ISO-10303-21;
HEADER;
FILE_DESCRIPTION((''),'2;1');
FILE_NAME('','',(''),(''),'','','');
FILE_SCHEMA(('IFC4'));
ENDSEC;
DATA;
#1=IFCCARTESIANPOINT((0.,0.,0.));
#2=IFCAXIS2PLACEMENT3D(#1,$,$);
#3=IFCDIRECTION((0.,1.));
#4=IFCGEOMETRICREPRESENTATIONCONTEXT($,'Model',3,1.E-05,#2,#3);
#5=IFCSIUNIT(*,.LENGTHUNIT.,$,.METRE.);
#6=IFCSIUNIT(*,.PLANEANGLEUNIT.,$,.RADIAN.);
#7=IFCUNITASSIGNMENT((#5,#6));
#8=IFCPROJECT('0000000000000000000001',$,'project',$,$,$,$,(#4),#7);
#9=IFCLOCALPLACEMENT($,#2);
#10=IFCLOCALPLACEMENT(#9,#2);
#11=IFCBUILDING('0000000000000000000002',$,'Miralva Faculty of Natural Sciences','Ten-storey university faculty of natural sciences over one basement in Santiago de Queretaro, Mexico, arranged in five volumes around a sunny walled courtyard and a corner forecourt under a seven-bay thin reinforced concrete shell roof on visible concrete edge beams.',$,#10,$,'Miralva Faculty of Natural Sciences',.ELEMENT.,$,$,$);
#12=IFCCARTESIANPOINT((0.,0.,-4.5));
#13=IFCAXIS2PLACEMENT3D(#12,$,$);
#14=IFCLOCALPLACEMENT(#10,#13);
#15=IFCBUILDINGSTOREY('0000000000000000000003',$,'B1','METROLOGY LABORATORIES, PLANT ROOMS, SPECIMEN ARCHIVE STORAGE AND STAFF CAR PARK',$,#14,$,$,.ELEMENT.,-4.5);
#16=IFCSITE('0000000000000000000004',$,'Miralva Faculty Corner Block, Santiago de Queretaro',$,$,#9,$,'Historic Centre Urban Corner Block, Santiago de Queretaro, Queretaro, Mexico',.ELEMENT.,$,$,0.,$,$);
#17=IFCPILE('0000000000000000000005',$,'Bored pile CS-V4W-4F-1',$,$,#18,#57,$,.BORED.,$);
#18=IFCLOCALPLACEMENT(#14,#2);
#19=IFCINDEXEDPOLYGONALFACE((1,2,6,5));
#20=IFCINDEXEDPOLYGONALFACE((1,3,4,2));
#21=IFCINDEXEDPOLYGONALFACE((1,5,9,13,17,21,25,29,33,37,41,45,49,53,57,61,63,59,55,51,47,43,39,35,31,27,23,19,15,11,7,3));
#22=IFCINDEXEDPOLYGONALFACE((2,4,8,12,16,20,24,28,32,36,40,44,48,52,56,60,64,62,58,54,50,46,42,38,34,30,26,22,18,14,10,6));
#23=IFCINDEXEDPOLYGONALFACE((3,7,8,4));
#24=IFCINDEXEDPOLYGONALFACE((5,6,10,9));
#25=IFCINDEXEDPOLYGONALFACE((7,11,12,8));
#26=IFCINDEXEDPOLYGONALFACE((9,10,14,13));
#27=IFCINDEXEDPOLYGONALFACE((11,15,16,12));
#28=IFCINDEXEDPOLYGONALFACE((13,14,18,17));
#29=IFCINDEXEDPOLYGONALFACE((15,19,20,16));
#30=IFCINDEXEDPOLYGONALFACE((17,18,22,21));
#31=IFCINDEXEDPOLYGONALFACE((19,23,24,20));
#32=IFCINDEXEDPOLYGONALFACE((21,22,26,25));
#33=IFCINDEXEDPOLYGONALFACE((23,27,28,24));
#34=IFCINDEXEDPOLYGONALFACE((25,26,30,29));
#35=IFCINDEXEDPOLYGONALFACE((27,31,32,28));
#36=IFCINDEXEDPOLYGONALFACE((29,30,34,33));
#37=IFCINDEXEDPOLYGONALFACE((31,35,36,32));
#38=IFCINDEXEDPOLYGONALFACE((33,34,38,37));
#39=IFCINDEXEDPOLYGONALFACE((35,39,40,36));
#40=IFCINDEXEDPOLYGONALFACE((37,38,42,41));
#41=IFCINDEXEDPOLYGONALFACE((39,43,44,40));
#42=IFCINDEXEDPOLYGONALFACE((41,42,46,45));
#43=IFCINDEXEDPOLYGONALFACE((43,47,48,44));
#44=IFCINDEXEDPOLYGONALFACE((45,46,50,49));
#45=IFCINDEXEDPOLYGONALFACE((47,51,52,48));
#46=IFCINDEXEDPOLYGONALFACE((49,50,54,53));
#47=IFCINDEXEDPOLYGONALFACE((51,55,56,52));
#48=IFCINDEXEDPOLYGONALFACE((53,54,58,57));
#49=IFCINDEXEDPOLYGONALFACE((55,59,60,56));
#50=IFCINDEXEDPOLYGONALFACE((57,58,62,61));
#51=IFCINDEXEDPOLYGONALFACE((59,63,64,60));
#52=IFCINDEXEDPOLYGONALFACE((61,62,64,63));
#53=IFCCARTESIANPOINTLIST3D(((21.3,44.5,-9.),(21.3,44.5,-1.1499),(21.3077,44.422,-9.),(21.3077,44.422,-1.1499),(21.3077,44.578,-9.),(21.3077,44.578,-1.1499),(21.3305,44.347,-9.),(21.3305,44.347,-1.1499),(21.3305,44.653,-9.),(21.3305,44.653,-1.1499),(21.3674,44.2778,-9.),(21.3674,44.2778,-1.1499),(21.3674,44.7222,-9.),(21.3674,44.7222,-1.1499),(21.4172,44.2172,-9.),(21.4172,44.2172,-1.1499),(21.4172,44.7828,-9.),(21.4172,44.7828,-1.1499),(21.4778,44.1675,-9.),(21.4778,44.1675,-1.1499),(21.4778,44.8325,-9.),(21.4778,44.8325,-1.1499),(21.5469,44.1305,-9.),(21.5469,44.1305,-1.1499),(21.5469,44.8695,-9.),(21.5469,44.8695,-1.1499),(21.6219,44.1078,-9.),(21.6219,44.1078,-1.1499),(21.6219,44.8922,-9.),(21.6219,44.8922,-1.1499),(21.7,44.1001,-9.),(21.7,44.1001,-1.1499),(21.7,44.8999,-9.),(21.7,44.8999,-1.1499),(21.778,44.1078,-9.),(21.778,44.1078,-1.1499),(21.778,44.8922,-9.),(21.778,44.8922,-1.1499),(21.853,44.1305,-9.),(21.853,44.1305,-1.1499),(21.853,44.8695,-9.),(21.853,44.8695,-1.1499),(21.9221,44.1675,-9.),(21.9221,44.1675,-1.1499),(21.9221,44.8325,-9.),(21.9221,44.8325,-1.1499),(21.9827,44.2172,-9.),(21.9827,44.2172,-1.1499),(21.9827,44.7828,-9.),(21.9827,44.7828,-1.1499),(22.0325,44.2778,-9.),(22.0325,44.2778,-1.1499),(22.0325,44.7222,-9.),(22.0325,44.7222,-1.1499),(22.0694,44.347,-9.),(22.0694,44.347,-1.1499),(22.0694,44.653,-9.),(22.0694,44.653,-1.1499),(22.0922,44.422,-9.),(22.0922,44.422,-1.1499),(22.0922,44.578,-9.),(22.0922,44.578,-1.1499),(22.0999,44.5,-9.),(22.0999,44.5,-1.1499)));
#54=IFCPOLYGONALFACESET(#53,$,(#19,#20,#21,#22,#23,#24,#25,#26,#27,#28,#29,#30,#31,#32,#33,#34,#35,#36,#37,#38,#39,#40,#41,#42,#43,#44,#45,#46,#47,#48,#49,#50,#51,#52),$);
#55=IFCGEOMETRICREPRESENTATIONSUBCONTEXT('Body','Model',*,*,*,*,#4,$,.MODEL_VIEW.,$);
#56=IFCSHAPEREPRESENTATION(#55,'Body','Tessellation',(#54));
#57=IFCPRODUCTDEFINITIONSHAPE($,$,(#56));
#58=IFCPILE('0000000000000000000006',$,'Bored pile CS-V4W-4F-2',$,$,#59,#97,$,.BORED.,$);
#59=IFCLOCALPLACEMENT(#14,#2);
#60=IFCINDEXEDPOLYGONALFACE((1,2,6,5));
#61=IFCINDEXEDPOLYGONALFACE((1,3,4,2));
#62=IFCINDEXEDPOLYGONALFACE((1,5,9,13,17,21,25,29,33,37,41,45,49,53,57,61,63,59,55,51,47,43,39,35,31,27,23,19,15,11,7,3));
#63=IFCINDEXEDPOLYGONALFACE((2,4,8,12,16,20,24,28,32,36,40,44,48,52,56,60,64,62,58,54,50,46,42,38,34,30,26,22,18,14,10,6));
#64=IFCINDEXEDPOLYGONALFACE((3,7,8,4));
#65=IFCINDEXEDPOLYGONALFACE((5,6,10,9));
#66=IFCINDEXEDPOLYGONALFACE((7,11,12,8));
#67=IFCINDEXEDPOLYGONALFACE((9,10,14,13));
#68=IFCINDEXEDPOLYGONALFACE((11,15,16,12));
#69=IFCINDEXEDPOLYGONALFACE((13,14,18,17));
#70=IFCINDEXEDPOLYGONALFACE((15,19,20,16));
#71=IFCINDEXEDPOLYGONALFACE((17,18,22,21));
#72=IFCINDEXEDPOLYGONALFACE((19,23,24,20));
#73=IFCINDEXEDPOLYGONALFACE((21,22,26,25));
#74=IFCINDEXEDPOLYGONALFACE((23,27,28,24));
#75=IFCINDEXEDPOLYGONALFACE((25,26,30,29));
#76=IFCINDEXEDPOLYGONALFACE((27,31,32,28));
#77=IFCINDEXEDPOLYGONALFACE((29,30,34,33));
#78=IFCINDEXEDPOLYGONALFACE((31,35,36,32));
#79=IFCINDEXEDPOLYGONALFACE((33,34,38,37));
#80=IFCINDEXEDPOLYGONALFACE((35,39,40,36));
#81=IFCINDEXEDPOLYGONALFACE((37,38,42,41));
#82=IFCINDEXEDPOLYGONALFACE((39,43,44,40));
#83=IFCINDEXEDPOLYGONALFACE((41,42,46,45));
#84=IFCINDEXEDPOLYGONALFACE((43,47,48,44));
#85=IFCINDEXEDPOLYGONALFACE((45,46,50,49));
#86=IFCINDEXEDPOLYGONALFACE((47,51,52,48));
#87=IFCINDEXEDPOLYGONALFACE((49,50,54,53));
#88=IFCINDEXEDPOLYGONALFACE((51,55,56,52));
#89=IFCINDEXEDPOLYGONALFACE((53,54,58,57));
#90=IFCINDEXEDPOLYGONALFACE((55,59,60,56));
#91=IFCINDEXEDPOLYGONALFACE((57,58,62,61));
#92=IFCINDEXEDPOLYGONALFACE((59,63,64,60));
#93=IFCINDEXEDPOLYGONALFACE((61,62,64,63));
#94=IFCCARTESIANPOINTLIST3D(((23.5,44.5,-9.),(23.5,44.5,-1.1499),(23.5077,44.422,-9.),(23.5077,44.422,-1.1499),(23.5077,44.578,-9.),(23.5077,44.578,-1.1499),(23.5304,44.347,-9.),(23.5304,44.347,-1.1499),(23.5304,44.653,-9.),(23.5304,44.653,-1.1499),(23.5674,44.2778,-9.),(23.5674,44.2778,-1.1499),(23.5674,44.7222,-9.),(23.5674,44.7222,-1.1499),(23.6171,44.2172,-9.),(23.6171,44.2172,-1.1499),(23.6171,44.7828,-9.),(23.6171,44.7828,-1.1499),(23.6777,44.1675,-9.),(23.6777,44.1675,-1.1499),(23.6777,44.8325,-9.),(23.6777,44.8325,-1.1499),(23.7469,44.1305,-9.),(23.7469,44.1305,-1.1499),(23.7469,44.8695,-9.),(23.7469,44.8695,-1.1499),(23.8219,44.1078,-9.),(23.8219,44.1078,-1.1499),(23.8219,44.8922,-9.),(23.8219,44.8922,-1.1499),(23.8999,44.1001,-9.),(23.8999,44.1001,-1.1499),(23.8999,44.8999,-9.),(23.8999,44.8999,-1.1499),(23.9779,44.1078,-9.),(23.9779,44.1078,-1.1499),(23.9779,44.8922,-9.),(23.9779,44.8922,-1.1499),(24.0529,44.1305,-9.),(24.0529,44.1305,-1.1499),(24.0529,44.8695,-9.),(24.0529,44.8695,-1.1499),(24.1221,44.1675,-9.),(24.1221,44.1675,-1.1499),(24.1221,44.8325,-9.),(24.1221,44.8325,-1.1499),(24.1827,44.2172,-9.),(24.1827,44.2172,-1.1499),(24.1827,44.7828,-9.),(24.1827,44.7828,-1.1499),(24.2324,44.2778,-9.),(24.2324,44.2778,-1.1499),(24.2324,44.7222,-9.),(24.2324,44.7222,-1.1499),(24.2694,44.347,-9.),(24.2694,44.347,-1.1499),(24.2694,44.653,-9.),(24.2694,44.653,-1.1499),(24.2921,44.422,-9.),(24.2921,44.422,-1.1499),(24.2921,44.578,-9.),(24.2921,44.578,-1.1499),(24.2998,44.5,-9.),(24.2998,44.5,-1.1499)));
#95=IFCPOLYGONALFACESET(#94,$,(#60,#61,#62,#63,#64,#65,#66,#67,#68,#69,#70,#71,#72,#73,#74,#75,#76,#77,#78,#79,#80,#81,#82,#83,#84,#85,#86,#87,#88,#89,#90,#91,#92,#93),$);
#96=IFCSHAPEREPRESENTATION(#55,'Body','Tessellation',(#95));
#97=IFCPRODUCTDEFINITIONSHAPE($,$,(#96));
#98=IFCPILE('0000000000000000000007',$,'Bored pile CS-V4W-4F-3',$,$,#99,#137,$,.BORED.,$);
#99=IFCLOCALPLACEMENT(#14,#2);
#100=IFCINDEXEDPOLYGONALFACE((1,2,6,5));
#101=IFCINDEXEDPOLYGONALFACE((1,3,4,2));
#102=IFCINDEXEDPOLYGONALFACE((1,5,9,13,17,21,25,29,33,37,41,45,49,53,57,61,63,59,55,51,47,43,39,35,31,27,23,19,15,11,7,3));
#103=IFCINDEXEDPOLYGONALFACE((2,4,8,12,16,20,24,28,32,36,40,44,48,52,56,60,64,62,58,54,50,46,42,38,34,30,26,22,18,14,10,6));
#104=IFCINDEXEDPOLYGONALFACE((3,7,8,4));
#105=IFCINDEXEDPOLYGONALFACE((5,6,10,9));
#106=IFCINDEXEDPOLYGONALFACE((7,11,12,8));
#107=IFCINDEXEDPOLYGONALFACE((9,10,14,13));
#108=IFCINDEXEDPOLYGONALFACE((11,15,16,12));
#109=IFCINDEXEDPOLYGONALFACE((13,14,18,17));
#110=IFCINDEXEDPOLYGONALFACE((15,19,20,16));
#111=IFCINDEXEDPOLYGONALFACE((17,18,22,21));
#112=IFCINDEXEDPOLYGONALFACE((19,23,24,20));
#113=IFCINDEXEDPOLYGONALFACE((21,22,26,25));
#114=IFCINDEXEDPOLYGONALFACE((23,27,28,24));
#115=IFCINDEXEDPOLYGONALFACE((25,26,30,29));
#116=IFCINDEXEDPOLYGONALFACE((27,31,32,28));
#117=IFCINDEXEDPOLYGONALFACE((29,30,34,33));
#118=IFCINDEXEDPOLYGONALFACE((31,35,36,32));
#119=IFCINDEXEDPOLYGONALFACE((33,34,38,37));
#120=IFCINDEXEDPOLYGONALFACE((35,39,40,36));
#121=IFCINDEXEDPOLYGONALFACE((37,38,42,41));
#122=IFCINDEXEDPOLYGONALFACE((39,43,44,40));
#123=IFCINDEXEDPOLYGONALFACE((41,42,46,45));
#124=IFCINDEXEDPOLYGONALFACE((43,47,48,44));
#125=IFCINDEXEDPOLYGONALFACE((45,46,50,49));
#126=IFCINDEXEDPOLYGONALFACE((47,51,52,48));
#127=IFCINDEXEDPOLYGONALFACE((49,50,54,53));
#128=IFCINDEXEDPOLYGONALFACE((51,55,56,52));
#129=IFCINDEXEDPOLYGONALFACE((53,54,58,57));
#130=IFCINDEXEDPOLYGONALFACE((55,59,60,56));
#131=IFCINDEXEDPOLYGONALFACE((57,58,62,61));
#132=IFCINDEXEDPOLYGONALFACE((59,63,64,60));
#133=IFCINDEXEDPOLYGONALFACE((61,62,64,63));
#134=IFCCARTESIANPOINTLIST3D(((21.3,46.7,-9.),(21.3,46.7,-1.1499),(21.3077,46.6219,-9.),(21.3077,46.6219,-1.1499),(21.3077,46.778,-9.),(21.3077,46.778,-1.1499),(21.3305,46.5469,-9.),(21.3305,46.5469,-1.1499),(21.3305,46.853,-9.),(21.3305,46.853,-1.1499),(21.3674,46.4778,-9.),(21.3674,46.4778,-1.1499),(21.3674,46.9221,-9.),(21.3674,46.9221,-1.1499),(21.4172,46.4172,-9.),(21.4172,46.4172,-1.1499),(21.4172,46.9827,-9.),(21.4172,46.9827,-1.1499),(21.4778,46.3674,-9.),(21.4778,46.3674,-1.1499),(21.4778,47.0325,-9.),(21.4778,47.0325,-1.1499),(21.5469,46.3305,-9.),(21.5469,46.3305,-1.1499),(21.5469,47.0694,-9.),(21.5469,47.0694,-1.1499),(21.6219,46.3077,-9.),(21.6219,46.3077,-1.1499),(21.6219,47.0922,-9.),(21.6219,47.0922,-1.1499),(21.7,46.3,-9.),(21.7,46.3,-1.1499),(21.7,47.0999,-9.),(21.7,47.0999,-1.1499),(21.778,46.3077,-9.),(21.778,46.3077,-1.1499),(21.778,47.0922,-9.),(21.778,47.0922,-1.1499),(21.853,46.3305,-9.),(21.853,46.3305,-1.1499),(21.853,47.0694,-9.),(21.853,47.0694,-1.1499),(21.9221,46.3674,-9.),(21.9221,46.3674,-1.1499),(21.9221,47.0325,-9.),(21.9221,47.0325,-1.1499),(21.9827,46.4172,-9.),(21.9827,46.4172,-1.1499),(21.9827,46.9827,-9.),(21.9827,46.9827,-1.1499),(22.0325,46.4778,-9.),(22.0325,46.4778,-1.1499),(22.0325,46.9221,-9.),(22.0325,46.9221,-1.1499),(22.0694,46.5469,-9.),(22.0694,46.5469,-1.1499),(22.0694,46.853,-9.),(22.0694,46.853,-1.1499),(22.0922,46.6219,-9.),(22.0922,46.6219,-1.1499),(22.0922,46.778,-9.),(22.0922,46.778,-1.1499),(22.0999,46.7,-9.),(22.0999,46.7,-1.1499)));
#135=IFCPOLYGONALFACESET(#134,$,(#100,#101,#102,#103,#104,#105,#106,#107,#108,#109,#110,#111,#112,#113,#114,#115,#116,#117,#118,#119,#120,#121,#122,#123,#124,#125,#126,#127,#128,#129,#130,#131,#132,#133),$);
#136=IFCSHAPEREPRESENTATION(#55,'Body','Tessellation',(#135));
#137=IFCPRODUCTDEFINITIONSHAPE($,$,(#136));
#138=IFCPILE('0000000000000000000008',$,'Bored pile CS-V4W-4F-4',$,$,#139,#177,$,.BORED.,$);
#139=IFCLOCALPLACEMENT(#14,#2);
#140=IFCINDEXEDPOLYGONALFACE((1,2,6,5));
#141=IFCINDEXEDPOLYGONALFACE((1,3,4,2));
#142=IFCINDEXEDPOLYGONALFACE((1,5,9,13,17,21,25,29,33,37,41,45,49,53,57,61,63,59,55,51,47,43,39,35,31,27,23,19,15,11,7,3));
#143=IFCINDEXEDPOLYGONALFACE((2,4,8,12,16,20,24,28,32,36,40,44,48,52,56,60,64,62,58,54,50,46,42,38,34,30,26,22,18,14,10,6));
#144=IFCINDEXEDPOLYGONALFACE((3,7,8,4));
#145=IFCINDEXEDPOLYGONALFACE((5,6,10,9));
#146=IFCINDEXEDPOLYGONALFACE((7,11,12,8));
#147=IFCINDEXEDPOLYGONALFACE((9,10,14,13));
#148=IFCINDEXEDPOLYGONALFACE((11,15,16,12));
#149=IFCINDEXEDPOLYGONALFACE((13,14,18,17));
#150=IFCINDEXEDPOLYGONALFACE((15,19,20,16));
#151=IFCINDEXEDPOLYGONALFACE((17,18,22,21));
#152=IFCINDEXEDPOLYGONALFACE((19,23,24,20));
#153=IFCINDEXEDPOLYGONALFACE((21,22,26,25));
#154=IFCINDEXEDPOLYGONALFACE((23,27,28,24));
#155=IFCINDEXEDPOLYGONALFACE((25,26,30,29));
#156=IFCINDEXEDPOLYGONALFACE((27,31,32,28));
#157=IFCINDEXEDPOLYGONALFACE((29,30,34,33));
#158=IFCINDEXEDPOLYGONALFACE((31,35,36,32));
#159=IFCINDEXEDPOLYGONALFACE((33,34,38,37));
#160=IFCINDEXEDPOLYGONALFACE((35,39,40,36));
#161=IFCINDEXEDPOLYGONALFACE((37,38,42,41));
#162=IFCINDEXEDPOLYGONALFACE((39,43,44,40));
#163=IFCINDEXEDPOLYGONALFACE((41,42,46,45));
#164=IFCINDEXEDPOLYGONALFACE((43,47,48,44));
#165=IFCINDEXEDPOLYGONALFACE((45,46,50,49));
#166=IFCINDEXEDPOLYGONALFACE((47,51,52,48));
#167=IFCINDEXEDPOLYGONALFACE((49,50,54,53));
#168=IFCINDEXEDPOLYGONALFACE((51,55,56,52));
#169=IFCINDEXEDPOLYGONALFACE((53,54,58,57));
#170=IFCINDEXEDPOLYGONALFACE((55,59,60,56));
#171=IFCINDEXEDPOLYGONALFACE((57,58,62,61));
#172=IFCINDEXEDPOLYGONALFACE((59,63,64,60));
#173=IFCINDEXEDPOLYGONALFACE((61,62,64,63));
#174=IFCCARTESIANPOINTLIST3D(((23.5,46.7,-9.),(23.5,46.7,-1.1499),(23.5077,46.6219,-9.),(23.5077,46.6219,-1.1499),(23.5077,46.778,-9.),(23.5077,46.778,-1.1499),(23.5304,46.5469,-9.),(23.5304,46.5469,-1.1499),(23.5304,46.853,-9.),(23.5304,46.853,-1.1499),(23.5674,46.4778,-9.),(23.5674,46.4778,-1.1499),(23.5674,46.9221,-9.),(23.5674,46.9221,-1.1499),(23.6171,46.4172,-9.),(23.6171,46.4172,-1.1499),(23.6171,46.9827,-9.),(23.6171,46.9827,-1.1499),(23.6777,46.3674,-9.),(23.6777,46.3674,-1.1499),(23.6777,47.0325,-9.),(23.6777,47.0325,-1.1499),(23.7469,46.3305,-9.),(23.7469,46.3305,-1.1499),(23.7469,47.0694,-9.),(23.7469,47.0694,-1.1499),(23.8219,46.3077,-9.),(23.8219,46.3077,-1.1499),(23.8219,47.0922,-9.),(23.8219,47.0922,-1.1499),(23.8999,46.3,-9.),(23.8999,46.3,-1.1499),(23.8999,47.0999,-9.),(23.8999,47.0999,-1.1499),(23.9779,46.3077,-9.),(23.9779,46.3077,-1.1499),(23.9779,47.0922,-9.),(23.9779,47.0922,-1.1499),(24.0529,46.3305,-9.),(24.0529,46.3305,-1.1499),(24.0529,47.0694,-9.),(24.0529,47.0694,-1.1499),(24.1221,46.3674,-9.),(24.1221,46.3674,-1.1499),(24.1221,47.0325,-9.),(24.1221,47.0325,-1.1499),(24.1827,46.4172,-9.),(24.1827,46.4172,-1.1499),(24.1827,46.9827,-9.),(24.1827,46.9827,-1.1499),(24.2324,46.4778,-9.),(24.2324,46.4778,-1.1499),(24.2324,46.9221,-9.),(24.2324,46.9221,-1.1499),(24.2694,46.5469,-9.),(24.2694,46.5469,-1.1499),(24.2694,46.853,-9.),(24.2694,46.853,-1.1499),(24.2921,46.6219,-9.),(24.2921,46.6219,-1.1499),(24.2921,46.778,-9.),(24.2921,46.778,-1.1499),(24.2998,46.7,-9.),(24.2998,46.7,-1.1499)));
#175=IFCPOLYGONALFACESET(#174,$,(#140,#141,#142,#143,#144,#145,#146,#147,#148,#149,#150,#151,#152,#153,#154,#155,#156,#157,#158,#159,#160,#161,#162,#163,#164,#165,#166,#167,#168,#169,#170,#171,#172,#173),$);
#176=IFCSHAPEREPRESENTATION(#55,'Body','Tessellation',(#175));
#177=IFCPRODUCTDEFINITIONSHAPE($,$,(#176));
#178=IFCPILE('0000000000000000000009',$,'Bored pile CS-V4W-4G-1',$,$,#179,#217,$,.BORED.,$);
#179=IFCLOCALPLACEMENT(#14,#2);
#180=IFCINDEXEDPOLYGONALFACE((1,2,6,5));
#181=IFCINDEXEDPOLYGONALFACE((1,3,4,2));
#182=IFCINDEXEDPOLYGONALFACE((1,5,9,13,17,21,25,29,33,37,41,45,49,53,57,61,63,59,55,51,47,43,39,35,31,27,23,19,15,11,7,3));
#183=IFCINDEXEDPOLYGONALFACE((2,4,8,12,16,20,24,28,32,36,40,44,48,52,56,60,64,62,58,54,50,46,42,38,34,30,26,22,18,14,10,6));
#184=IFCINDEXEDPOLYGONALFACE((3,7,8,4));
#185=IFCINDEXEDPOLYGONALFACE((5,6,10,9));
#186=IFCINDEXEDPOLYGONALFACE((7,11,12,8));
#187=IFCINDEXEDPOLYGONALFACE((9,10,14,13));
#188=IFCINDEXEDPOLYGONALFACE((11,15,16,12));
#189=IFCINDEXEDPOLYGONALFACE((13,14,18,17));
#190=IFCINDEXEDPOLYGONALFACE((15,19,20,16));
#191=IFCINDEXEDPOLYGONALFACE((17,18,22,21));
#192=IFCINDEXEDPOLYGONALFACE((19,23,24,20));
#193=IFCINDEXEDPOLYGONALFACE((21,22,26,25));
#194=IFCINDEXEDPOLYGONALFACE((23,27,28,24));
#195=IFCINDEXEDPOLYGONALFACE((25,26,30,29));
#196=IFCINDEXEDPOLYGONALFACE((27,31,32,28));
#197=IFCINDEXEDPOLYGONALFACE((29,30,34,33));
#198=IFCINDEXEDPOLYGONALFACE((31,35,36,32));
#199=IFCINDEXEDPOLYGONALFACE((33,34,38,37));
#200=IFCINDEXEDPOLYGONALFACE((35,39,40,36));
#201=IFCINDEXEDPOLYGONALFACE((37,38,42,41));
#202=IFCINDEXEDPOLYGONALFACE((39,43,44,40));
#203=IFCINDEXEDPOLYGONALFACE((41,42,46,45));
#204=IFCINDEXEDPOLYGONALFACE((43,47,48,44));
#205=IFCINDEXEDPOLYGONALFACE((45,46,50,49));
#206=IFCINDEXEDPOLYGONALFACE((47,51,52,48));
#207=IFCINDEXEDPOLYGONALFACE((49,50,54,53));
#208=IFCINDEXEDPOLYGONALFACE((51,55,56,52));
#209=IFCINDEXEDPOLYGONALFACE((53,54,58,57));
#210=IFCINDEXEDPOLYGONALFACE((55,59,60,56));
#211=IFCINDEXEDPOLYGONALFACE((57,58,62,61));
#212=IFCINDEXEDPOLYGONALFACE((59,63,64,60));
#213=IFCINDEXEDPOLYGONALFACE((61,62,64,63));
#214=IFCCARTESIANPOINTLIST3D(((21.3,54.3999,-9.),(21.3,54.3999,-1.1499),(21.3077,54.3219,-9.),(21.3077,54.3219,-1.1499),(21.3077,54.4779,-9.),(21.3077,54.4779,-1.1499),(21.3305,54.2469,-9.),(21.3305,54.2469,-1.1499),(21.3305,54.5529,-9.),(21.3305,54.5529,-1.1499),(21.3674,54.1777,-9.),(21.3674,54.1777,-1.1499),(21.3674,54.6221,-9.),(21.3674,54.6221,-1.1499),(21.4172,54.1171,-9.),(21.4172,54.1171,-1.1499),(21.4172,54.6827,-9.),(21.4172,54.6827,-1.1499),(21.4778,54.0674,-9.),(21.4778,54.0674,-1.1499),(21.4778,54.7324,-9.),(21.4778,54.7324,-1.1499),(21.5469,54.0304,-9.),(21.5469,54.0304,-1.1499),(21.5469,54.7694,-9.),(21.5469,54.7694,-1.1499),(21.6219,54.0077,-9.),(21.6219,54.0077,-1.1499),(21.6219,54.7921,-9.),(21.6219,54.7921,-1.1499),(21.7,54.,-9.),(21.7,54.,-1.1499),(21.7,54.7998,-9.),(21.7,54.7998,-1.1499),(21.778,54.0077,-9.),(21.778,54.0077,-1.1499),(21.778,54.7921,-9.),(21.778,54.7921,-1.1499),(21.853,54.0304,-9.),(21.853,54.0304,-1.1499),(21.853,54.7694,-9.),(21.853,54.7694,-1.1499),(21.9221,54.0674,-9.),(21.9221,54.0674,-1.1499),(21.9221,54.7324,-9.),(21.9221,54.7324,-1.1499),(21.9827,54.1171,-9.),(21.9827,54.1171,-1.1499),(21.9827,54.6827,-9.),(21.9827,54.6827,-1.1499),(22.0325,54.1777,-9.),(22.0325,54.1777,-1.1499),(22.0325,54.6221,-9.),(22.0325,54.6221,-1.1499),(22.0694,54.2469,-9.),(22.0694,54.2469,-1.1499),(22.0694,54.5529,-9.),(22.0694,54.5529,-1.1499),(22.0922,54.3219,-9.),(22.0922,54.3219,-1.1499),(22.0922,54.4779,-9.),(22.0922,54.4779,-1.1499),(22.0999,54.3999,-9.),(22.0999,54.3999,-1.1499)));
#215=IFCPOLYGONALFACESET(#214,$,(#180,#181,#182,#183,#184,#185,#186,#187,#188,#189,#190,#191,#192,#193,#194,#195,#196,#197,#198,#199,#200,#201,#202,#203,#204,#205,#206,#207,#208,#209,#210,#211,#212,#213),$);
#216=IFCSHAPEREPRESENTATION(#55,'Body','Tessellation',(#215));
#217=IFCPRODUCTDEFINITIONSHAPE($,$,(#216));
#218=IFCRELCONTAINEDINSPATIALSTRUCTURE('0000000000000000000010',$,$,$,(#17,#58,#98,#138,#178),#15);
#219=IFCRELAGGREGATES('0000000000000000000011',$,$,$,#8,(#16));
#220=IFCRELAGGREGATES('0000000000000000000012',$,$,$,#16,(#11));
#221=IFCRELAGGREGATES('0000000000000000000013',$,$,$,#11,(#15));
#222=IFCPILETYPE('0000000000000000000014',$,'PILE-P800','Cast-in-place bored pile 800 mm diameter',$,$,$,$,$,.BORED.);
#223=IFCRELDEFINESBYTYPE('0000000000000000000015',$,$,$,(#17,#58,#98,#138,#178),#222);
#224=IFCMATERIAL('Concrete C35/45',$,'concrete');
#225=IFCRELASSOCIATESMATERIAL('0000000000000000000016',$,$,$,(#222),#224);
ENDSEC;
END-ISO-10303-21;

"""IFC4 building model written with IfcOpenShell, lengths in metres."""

from ifc_helpers import new_model, si_unit, direction, frame, origin, origin_2d, place, context, subcontext, project, spatial, circle, extrude, material, material_profile, profile_set, type_object, element, save


model = new_model("IFC4")

# Units and contexts
model_context = context("Model", 3, precision=1e-05, world=origin(), true_north=direction((0.0, 1.0)))
body_context = subcontext(model_context, "Body", "Model", "MODEL_VIEW")
ifc_project = project(units=[si_unit("LENGTHUNIT", "METRE"), si_unit("PLANEANGLEUNIT", "RADIAN")], contexts=[model_context])

# Site, building, storey
site_placement = place(None, origin())
site = spatial("IfcSite", under=ifc_project, at=site_placement, Name="Miralva Faculty Corner Block, Santiago de Queretaro", LongName="Historic Centre Urban Corner Block, Santiago de Queretaro, Queretaro, Mexico", CompositionType="ELEMENT", RefElevation=0.0)
building_placement = place(site_placement, origin())
building = spatial("IfcBuilding", under=site, at=building_placement, Name="Miralva Faculty of Natural Sciences", Description="Ten-storey university faculty of natural sciences over one basement in Santiago de Queretaro, Mexico, arranged in five volumes around a sunny walled courtyard and a corner forecourt under a seven-bay thin reinforced concrete shell roof on visible concrete edge beams.", LongName="Miralva Faculty of Natural Sciences", CompositionType="ELEMENT")
storey_placement = place(building_placement, frame((0.0, 0.0, -4.5)))
storey = spatial("IfcBuildingStorey", under=building, at=storey_placement, Name="B1", Description="METROLOGY LABORATORIES, PLANT ROOMS, SPECIMEN ARCHIVE STORAGE AND STAFF CAR PARK", CompositionType="ELEMENT", Elevation=-4.5)

# Shared definitions
ifc_material_1 = material(Name="Concrete C35/45", Category="concrete")

# Piles
ifc_material_profile_1 = material_profile(ifc_material_1, circle(Radius=0.3999, at=origin_2d()), Name="BORED PILE 800")
ifc_profile_set_1 = profile_set([ifc_material_profile_1], Name="Concrete C35/45")
pile_type = type_object("IfcPileType", Name="PILE-P800", Description="Cast-in-place bored pile 800 mm diameter", PredefinedType="BORED", material=ifc_profile_set_1)
for number, where, z_axis, x_axis, name in (
    (1, (21.7, 44.5, -1.1499), (0.0, 0.0, -1.0), (1.0, 0.0, 0.0), "Bored pile CS-V4W-4F-1"),
    (2, (23.8999, 44.5, -1.1499), (0.0, 0.0, -1.0), (1.0, 0.0, 0.0), "Bored pile CS-V4W-4F-2"),
    (3, (21.7, 46.7, -1.1499), (0.0, 0.0, -1.0), (1.0, 0.0, 0.0), "Bored pile CS-V4W-4F-3"),
    (4, (23.8999, 46.7, -1.1499), (0.0, 0.0, -1.0), (1.0, 0.0, 0.0), "Bored pile CS-V4W-4F-4"),
    (5, (21.7, 54.3999, -1.1499), (0.0, 0.0, -1.0), (1.0, 0.0, 0.0), "Bored pile CS-V4W-4G-1"),
):
    element("IfcPile", number, at=place(storey_placement, frame(where, z_axis=z_axis, x_axis=x_axis)), inside=storey, type_object=pile_type, Name=name, PredefinedType="BORED", context=body_context, shape_type="SweptSolid", body=[
        extrude(circle(Radius=0.3999, at=origin_2d()), origin(), (0.0, 0.0, 1.0), 7.8501),
    ])

save(model, "model.ifc")
